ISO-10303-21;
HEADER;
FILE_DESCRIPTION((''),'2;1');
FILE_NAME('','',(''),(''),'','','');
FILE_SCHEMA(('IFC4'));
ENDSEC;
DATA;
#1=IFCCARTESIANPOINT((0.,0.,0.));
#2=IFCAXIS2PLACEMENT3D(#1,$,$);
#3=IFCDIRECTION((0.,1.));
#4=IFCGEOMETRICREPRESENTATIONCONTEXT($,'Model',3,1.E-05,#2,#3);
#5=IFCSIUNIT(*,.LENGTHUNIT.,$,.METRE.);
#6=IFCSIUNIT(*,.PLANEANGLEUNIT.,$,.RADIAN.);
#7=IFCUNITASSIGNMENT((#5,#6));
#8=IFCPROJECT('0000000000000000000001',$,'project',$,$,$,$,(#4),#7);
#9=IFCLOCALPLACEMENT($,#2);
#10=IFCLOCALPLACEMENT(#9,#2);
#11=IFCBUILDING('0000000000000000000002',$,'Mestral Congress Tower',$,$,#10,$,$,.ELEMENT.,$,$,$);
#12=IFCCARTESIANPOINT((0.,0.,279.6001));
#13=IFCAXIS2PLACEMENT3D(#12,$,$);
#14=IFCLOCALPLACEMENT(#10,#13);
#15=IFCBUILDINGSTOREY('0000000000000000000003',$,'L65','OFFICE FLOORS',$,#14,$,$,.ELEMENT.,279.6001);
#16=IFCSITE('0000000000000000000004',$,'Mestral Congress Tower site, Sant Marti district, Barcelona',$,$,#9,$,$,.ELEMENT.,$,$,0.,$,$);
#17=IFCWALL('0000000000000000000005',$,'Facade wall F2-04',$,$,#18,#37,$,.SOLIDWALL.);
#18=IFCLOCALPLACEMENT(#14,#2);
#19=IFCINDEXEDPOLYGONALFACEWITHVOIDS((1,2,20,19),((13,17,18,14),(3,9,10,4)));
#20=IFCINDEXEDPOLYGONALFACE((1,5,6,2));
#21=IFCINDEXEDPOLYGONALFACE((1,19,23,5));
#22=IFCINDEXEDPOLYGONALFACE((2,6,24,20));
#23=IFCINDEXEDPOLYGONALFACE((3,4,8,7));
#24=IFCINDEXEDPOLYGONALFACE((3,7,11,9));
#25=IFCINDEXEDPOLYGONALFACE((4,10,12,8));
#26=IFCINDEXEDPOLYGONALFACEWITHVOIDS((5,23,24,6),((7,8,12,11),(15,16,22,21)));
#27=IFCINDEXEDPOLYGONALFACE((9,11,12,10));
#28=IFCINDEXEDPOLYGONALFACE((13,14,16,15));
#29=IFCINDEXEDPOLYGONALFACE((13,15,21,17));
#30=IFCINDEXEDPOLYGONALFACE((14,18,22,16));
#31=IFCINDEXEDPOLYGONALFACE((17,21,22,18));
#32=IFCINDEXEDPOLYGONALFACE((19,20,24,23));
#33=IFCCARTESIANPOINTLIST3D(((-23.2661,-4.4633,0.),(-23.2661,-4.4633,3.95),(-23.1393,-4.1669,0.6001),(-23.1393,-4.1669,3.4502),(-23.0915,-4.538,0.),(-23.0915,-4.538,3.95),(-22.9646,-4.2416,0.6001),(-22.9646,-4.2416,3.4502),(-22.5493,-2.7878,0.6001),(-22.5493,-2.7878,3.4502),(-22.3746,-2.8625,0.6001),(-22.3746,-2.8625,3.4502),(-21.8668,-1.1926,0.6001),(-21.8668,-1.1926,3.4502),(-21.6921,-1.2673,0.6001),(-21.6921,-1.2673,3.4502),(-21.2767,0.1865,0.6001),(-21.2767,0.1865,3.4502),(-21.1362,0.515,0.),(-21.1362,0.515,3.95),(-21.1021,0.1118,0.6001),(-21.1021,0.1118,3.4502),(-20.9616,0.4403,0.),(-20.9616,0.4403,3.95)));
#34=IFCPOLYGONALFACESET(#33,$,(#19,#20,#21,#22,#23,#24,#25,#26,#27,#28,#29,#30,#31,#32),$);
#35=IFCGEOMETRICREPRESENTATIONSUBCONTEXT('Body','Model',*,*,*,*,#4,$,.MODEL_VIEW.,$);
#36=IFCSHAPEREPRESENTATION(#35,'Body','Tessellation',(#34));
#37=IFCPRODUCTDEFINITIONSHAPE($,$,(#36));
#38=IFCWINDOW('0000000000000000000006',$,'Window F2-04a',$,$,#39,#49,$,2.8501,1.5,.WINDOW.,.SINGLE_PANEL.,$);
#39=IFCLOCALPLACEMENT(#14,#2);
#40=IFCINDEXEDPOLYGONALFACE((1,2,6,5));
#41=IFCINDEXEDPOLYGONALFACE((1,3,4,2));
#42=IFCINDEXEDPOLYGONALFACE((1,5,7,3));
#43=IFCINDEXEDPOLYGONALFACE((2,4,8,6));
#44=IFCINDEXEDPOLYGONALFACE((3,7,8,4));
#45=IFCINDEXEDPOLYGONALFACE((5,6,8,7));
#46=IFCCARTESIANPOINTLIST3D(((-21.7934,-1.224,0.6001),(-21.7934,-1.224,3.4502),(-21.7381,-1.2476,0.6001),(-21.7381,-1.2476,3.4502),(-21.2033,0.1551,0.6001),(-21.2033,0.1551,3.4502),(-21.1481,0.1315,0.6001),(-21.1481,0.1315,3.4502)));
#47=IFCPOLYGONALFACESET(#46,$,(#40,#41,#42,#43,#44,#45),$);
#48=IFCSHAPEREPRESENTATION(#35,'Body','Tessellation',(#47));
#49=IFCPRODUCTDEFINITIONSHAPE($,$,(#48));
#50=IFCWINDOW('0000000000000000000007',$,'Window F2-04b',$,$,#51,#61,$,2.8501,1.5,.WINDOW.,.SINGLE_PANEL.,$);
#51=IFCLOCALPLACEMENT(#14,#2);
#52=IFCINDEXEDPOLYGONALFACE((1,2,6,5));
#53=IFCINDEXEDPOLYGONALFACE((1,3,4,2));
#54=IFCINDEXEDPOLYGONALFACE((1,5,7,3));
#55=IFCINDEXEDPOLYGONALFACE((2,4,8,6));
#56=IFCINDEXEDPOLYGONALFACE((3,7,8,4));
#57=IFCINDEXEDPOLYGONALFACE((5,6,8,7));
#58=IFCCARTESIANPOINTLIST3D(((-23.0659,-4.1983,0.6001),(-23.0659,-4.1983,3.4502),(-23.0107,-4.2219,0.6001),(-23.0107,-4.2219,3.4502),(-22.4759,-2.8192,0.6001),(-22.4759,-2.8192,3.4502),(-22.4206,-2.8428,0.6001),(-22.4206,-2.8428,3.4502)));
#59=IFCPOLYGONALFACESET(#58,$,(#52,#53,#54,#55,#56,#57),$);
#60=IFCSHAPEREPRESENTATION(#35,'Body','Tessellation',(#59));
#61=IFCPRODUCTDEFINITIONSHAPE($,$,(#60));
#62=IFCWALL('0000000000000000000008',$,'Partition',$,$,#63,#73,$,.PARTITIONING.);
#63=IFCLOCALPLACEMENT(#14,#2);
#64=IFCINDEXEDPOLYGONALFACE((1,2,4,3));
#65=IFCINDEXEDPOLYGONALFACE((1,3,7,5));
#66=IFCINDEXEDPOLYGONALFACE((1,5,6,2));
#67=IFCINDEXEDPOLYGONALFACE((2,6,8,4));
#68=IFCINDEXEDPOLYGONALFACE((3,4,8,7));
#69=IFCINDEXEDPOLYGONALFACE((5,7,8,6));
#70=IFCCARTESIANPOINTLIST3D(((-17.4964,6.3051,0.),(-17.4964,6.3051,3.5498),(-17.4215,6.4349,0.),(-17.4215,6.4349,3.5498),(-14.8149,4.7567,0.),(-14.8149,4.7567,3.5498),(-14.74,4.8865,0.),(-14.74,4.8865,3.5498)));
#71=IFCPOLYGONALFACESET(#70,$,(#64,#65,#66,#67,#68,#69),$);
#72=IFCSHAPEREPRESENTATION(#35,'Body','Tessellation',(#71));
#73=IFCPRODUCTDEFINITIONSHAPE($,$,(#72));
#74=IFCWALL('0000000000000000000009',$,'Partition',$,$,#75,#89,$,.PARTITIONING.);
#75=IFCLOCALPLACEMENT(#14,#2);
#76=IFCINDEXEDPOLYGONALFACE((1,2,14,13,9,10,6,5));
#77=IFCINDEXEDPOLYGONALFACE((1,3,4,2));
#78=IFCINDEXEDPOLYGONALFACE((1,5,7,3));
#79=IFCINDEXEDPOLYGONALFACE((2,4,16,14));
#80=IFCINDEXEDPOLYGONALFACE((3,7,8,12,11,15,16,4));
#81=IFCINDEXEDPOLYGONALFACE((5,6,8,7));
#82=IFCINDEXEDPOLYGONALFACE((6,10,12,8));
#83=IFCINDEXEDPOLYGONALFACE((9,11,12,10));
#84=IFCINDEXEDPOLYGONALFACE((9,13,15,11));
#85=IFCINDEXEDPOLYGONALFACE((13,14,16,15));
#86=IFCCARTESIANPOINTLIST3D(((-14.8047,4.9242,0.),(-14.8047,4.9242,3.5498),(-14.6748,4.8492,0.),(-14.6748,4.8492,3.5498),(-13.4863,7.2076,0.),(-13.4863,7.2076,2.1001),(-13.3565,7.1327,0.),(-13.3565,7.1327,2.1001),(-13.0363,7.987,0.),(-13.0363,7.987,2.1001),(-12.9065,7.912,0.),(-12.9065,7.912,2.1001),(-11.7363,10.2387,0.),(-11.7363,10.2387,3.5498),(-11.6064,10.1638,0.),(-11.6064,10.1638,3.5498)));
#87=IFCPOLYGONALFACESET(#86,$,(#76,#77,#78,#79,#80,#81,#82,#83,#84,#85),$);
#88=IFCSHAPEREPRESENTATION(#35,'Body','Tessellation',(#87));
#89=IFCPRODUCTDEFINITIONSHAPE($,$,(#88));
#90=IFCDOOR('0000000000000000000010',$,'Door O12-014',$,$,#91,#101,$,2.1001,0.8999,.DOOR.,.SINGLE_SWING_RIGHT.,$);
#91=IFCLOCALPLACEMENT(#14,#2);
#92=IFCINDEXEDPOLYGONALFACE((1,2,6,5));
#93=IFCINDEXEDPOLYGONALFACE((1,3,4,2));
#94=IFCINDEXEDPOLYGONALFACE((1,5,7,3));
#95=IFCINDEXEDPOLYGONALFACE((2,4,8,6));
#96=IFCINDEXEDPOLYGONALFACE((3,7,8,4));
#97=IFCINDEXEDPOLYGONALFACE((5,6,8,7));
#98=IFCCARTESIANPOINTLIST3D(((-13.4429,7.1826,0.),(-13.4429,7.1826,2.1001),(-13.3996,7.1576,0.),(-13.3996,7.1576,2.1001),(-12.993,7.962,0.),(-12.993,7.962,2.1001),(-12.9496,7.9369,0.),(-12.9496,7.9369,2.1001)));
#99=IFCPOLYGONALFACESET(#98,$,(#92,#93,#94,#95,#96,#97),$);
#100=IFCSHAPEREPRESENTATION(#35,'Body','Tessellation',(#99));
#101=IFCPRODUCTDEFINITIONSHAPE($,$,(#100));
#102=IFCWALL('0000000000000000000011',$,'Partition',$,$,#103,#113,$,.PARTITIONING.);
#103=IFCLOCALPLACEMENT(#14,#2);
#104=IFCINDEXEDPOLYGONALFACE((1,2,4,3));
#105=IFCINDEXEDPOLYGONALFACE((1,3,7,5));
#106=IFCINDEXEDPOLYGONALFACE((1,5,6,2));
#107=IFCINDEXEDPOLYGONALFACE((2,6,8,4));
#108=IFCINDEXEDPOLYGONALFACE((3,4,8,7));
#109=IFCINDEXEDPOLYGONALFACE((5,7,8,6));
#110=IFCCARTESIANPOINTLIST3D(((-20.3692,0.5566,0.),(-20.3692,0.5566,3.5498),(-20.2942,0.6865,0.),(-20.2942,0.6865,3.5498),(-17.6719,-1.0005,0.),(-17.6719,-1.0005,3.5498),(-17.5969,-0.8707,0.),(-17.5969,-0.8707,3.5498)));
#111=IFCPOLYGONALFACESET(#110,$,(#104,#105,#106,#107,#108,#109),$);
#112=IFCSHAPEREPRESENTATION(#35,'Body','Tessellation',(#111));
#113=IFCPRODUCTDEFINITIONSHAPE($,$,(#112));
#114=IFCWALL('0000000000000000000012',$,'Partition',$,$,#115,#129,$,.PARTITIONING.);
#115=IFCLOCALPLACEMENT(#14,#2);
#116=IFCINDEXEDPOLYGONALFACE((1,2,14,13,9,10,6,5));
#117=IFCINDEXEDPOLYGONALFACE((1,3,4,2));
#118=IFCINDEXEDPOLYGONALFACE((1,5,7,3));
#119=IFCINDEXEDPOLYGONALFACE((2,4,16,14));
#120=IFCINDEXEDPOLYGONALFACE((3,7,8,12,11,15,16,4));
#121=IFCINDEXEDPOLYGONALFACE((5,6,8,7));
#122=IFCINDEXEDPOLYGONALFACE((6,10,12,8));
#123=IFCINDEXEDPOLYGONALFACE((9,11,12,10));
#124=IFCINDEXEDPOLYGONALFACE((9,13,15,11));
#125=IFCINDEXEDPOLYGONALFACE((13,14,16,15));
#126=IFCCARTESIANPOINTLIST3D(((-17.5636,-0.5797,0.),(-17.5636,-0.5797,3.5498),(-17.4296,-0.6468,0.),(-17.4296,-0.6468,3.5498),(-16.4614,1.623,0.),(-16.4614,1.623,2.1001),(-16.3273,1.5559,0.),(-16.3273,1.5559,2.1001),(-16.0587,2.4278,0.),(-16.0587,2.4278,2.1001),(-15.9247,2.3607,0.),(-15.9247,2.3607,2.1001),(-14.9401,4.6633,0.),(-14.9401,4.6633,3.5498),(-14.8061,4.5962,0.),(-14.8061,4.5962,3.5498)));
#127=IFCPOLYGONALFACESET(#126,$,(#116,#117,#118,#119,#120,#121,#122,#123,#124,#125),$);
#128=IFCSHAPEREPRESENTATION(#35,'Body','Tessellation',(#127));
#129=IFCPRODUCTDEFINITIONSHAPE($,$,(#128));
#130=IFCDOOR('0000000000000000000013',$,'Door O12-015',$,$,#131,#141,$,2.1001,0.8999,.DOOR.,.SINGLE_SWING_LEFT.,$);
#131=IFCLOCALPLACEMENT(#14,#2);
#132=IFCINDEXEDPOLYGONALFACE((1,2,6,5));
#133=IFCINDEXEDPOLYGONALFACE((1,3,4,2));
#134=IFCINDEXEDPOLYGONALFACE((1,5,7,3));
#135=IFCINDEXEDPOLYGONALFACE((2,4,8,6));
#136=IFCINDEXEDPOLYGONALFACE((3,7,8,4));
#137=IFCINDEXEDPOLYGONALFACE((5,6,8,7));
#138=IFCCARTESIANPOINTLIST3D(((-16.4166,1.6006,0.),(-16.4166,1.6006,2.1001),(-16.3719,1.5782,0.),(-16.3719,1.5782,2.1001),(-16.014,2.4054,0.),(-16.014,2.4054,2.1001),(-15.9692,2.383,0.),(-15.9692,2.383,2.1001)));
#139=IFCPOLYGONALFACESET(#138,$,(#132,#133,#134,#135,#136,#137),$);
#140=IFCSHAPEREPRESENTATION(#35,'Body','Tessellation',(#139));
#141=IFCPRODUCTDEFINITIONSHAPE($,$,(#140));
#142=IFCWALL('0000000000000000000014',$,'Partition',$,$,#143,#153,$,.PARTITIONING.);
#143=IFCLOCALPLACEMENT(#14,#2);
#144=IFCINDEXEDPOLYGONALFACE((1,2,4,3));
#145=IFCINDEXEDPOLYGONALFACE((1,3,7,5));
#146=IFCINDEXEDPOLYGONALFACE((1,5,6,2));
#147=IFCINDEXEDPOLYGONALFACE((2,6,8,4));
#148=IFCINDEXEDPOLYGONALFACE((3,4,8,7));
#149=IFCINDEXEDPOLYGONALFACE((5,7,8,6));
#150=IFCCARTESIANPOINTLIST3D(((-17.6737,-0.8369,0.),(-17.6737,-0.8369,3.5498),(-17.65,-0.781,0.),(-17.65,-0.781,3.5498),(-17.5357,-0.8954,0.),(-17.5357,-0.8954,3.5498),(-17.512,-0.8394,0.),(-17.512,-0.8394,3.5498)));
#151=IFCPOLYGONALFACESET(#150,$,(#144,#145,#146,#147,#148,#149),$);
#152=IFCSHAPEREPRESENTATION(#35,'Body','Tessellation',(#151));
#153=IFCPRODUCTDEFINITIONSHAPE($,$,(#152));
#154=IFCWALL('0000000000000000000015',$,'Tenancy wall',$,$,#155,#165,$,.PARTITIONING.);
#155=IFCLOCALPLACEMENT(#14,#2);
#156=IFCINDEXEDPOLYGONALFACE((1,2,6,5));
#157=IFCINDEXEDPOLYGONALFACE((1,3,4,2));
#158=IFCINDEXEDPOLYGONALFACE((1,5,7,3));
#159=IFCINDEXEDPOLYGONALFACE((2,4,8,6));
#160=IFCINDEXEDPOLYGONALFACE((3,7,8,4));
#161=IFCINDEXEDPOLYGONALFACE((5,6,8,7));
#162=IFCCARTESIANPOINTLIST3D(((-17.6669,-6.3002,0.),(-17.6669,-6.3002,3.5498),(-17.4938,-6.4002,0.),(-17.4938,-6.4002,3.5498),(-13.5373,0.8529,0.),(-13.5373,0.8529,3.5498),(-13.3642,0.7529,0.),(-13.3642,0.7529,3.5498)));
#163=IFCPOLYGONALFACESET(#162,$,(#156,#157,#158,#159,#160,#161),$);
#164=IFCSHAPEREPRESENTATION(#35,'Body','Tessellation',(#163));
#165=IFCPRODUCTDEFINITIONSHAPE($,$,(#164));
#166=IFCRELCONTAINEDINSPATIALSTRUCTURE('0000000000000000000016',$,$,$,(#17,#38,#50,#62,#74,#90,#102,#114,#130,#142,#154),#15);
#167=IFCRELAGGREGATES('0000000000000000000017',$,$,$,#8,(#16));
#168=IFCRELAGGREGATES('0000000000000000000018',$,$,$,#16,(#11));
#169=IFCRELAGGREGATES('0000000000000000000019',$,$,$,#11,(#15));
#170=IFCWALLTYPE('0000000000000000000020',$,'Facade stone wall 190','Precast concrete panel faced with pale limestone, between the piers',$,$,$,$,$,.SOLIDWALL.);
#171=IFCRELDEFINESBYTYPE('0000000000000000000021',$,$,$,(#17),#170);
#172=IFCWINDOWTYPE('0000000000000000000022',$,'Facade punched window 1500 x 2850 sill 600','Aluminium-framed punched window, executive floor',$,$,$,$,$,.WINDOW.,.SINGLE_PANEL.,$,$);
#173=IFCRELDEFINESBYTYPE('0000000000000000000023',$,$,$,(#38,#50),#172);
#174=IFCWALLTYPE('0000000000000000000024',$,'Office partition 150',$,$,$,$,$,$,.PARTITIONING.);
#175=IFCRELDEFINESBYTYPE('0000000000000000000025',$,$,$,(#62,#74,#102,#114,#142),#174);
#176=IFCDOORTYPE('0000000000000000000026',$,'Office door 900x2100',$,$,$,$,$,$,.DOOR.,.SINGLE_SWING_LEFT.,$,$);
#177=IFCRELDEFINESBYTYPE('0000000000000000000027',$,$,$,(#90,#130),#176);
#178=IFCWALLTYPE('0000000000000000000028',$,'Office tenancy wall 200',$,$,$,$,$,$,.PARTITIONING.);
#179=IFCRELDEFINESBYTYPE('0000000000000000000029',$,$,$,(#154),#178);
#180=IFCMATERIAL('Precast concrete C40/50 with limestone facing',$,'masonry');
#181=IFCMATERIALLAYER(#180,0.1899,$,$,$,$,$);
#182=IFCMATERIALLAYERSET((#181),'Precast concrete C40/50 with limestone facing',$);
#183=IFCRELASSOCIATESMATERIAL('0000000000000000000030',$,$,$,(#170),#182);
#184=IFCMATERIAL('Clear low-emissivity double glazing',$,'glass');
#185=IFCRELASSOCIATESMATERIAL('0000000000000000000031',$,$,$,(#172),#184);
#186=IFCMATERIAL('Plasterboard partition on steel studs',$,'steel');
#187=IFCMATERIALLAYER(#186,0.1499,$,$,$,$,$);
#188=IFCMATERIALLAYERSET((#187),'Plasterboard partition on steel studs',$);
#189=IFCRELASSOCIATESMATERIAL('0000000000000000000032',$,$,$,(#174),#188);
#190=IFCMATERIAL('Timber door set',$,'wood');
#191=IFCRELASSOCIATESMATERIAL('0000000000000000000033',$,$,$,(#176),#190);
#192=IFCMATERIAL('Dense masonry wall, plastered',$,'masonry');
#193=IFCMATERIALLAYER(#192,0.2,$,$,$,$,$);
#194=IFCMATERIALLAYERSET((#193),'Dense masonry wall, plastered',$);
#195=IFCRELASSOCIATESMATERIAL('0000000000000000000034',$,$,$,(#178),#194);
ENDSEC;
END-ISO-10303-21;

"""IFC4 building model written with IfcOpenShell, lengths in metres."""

from ifc_helpers import new_model, si_unit, direction, frame, frame_2d, origin, place, context, subcontext, project, spatial, rectangle, extrude, material, layer, layer_set, type_object, element, fill, save


model = new_model("IFC4")

# Units and contexts
model_context = context("Model", 3, precision=1e-05, world=origin(), true_north=direction((0.0, 1.0)))
body_context = subcontext(model_context, "Body", "Model", "MODEL_VIEW")
ifc_project = project(units=[si_unit("LENGTHUNIT", "METRE"), si_unit("PLANEANGLEUNIT", "RADIAN")], contexts=[model_context])

# Site, building, storey
site_placement = place(None, origin())
site = spatial("IfcSite", under=ifc_project, at=site_placement, Name="Mestral Congress Tower site, Sant Marti district, Barcelona", CompositionType="ELEMENT", RefElevation=0.0)
building_placement = place(site_placement, origin())
building = spatial("IfcBuilding", under=site, at=building_placement, Name="Mestral Congress Tower", CompositionType="ELEMENT")
storey_placement = place(building_placement, frame((0.0, 0.0, 279.6001)))
storey = spatial("IfcBuildingStorey", under=building, at=storey_placement, Name="L65", Description="OFFICE FLOORS", CompositionType="ELEMENT", Elevation=279.6001)

# Wall, openings, windows
ifc_material_1 = material(Name="Precast concrete C40/50 with limestone facing", Category="masonry")
ifc_layer_1 = layer(ifc_material_1, 0.1899)
ifc_layer_set_1 = layer_set([ifc_layer_1], Name="Precast concrete C40/50 with limestone facing")
wall_type_1 = type_object("IfcWallType", Name="Facade stone wall 190", Description="Precast concrete panel faced with pale limestone, between the piers", PredefinedType="SOLIDWALL", material=ifc_layer_set_1)
ifc_material_2 = material(Name="Clear low-emissivity double glazing", Category="glass")
window_type = type_object("IfcWindowType", Name="Facade punched window 1500 x 2850 sill 600", Description="Aluminium-framed punched window, executive floor", PartitioningType="SINGLE_PANEL", PredefinedType="WINDOW", material=ifc_material_2)
wall_1_placement = place(storey_placement, frame((-21.0488, 0.4778, 0.0), z_axis=(0.0, 0.0, 1.0), x_axis=(-0.393348, -0.91939, 0.0)))
wall_1 = element("IfcWall", 1, at=wall_1_placement, inside=storey, type_object=wall_type_1, Name="Facade wall F2-04", PredefinedType="SOLIDWALL", context=body_context, shape_type="SweptSolid", body=[
    extrude(rectangle(XDim=5.4148, YDim=0.1899, at=frame_2d((2.7075, 0.0))), origin(), (0.0, 0.0, 1.0), 3.95),
])
opening_1_placement = place(wall_1_placement, frame((0.3574, 0.0, 0.6001)))
opening_1 = element("IfcOpeningElement", 2, at=opening_1_placement, cuts=wall_1, PredefinedType="OPENING", context=body_context, shape_type="SweptSolid", body=[
    extrude(rectangle(XDim=1.5, YDim=2.8501, at=frame_2d((0.75, 1.425))), frame((0.0, 0.105, 0.0), z_axis=(0.0, -1.0, 0.0), x_axis=(1.0, 0.0, 0.0)), (0.0, 0.0, 1.0), 0.21),
])
opening_2_placement = place(wall_1_placement, frame((3.5925, 0.0, 0.6001)))
opening_2 = element("IfcOpeningElement", 3, at=opening_2_placement, cuts=wall_1, PredefinedType="OPENING", context=body_context, shape_type="SweptSolid", body=[
    extrude(rectangle(XDim=1.5, YDim=2.8501, at=frame_2d((0.75, 1.425))), frame((0.0, 0.105, 0.0), z_axis=(0.0, -1.0, 0.0), x_axis=(1.0, 0.0, 0.0)), (0.0, 0.0, 1.0), 0.21),
])
window_1_placement = place(opening_1_placement, origin())
window_1 = element("IfcWindow", 4, at=window_1_placement, inside=storey, type_object=window_type, Name="Window F2-04a", OverallHeight=2.8501, OverallWidth=1.5, PartitioningType="SINGLE_PANEL", PredefinedType="WINDOW", context=body_context, shape_type="SweptSolid", body=[
    extrude(rectangle(XDim=1.5, YDim=2.8501, at=frame_2d((0.75, 1.425))), frame((0.0, 0.0449, 0.0), z_axis=(0.0, -1.0, 0.0), x_axis=(1.0, 0.0, 0.0)), (0.0, 0.0, 1.0), 0.0601),
])
fill(opening_1, window_1)
window_2_placement = place(opening_2_placement, origin())
window_2 = element("IfcWindow", 5, at=window_2_placement, inside=storey, type_object=window_type, Name="Window F2-04b", OverallHeight=2.8501, OverallWidth=1.5, PartitioningType="SINGLE_PANEL", PredefinedType="WINDOW", context=body_context, shape_type="SweptSolid", body=[
    extrude(rectangle(XDim=1.5, YDim=2.8501, at=frame_2d((0.75, 1.425))), frame((0.0, 0.0449, 0.0), z_axis=(0.0, -1.0, 0.0), x_axis=(1.0, 0.0, 0.0)), (0.0, 0.0, 1.0), 0.0601),
])
fill(opening_2, window_2)

# Wall
ifc_material_3 = material(Name="Plasterboard partition on steel studs", Category="steel")
ifc_layer_2 = layer(ifc_material_3, 0.1499)
ifc_layer_set_2 = layer_set([ifc_layer_2], Name="Plasterboard partition on steel studs")
wall_type_2 = type_object("IfcWallType", Name="Office partition 150", PredefinedType="PARTITIONING", material=ifc_layer_set_2)
wall_2_placement = place(storey_placement, frame((-14.7773, 4.8215, 0.0), z_axis=(0.0, 0.0, 1.0), x_axis=(-0.865993, 0.500057, 0.0)))
element("IfcWall", 6, at=wall_2_placement, inside=storey, type_object=wall_type_2, Name="Partition", PredefinedType="PARTITIONING", context=body_context, shape_type="SweptSolid", body=[
    extrude(rectangle(XDim=3.0964, YDim=0.1499, at=frame_2d((1.5483, 0.0))), origin(), (0.0, 0.0, 1.0), 3.5498),
])

# Wall, opening, door
wall_3_placement = place(storey_placement, frame((-14.7397, 4.8867, 0.0), z_axis=(0.0, 0.0, 1.0), x_axis=(0.500007, 0.866021, 0.0)))
wall_3 = element("IfcWall", 7, at=wall_3_placement, inside=storey, type_object=wall_type_2, Name="Partition", PredefinedType="PARTITIONING", context=body_context, shape_type="SweptSolid", body=[
    extrude(rectangle(XDim=6.1367, YDim=0.1499, at=frame_2d((3.0684, 0.0))), origin(), (0.0, 0.0, 1.0), 3.5498),
])
opening_3_placement = place(wall_3_placement, frame((2.6367, 0.0, 0.0)))
opening_3 = element("IfcOpeningElement", 8, at=opening_3_placement, cuts=wall_3, PredefinedType="OPENING", context=body_context, shape_type="SweptSolid", body=[
    extrude(rectangle(XDim=0.8999, YDim=2.1001, at=frame_2d((0.45, 1.05))), frame((0.0, 0.085, 0.0), z_axis=(0.0, -1.0, 0.0), x_axis=(1.0, 0.0, 0.0)), (0.0, 0.0, 1.0), 0.1699),
])
ifc_material_4 = material(Name="Timber door set", Category="wood")
door_type = type_object("IfcDoorType", Name="Office door 900x2100", OperationType="SINGLE_SWING_LEFT", PredefinedType="DOOR", material=ifc_material_4)
door_1_placement = place(opening_3_placement, origin())
door_1 = element("IfcDoor", 9, at=door_1_placement, inside=storey, type_object=door_type, Name="Door O12-014", OperationType="SINGLE_SWING_RIGHT", OverallHeight=2.1001, OverallWidth=0.8999, PredefinedType="DOOR", context=body_context, shape_type="SweptSolid", body=[
    extrude(rectangle(XDim=0.8999, YDim=2.1001, at=frame_2d((0.45, 1.05))), frame((0.0, 0.0249, 0.0), z_axis=(0.0, -1.0, 0.0), x_axis=(1.0, 0.0, 0.0)), (0.0, 0.0, 1.0), 0.05),
])
fill(opening_3, door_1)

# Wall
wall_4_placement = place(storey_placement, frame((-17.6345, -0.9355, 0.0), z_axis=(0.0, 0.0, 1.0), x_axis=(-0.866045, 0.499967, 0.0)))
element("IfcWall", 10, at=wall_4_placement, inside=storey, type_object=wall_type_2, Name="Partition", PredefinedType="PARTITIONING", context=body_context, shape_type="SweptSolid", body=[
    extrude(rectangle(XDim=3.1145, YDim=0.1499, at=frame_2d((1.5571, 0.0))), origin(), (0.0, 0.0, 1.0), 3.5498),
])

# Wall, opening, door
wall_5_placement = place(storey_placement, frame((-17.4966, -0.6133, 0.0), z_axis=(0.0, 0.0, 1.0), x_axis=(0.44748, 0.894294, 0.0)))
wall_5 = element("IfcWall", 11, at=wall_5_placement, inside=storey, type_object=wall_type_2, Name="Partition", PredefinedType="PARTITIONING", context=body_context, shape_type="SweptSolid", body=[
    extrude(rectangle(XDim=5.8628, YDim=0.1499, at=frame_2d((2.9314, 0.0))), origin(), (0.0, 0.0, 1.0), 3.5498),
])
opening_4_placement = place(wall_5_placement, frame((2.4631, 0.0, 0.0)))
opening_4 = element("IfcOpeningElement", 12, at=opening_4_placement, cuts=wall_5, PredefinedType="OPENING", context=body_context, shape_type="SweptSolid", body=[
    extrude(rectangle(XDim=0.8999, YDim=2.1001, at=frame_2d((0.45, 1.05))), frame((0.0, 0.085, 0.0), z_axis=(0.0, -1.0, 0.0), x_axis=(1.0, 0.0, 0.0)), (0.0, 0.0, 1.0), 0.1699),
])
door_2_placement = place(opening_4_placement, origin())
door_2 = element("IfcDoor", 13, at=door_2_placement, inside=storey, type_object=door_type, Name="Door O12-015", OperationType="SINGLE_SWING_LEFT", OverallHeight=2.1001, OverallWidth=0.8999, PredefinedType="DOOR", context=body_context, shape_type="SweptSolid", body=[
    extrude(rectangle(XDim=0.8999, YDim=2.1001, at=frame_2d((0.45, 1.05))), frame((0.0, 0.0249, 0.0), z_axis=(0.0, -1.0, 0.0), x_axis=(1.0, 0.0, 0.0)), (0.0, 0.0, 1.0), 0.05),
])
fill(opening_4, door_2)

# Walls
wall_6_placement = place(storey_placement, frame((-17.5811, -0.8103, 0.0), z_axis=(0.0, 0.0, 1.0), x_axis=(-0.390033, -0.920801, 0.0)))
element("IfcWall", 14, at=wall_6_placement, inside=storey, type_object=wall_type_2, Name="Partition", PredefinedType="PARTITIONING", context=body_context, shape_type="SweptSolid", body=[
    extrude(rectangle(XDim=0.0608, YDim=0.1499, at=frame_2d((0.0303, 0.0))), origin(), (0.0, 0.0, 1.0), 3.5498),
])
ifc_material_5 = material(Name="Dense masonry wall, plastered", Category="masonry")
ifc_layer_3 = layer(ifc_material_5, 0.2)
ifc_layer_set_3 = layer_set([ifc_layer_3], Name="Dense masonry wall, plastered")
wall_type_3 = type_object("IfcWallType", Name="Office tenancy wall 200", PredefinedType="PARTITIONING", material=ifc_layer_set_3)
wall_7_placement = place(storey_placement, frame((-13.4507, 0.803, 0.0), z_axis=(0.0, 0.0, 1.0), x_axis=(-0.499983, -0.866035, 0.0)))
element("IfcWall", 15, at=wall_7_placement, inside=storey, type_object=wall_type_3, Name="Tenancy wall", PredefinedType="PARTITIONING", context=body_context, shape_type="SweptSolid", body=[
    extrude(rectangle(XDim=8.2595, YDim=0.2, at=frame_2d((4.1299, 0.0))), origin(), (0.0, 0.0, 1.0), 3.5498),
])

save(model, "model.ifc")
